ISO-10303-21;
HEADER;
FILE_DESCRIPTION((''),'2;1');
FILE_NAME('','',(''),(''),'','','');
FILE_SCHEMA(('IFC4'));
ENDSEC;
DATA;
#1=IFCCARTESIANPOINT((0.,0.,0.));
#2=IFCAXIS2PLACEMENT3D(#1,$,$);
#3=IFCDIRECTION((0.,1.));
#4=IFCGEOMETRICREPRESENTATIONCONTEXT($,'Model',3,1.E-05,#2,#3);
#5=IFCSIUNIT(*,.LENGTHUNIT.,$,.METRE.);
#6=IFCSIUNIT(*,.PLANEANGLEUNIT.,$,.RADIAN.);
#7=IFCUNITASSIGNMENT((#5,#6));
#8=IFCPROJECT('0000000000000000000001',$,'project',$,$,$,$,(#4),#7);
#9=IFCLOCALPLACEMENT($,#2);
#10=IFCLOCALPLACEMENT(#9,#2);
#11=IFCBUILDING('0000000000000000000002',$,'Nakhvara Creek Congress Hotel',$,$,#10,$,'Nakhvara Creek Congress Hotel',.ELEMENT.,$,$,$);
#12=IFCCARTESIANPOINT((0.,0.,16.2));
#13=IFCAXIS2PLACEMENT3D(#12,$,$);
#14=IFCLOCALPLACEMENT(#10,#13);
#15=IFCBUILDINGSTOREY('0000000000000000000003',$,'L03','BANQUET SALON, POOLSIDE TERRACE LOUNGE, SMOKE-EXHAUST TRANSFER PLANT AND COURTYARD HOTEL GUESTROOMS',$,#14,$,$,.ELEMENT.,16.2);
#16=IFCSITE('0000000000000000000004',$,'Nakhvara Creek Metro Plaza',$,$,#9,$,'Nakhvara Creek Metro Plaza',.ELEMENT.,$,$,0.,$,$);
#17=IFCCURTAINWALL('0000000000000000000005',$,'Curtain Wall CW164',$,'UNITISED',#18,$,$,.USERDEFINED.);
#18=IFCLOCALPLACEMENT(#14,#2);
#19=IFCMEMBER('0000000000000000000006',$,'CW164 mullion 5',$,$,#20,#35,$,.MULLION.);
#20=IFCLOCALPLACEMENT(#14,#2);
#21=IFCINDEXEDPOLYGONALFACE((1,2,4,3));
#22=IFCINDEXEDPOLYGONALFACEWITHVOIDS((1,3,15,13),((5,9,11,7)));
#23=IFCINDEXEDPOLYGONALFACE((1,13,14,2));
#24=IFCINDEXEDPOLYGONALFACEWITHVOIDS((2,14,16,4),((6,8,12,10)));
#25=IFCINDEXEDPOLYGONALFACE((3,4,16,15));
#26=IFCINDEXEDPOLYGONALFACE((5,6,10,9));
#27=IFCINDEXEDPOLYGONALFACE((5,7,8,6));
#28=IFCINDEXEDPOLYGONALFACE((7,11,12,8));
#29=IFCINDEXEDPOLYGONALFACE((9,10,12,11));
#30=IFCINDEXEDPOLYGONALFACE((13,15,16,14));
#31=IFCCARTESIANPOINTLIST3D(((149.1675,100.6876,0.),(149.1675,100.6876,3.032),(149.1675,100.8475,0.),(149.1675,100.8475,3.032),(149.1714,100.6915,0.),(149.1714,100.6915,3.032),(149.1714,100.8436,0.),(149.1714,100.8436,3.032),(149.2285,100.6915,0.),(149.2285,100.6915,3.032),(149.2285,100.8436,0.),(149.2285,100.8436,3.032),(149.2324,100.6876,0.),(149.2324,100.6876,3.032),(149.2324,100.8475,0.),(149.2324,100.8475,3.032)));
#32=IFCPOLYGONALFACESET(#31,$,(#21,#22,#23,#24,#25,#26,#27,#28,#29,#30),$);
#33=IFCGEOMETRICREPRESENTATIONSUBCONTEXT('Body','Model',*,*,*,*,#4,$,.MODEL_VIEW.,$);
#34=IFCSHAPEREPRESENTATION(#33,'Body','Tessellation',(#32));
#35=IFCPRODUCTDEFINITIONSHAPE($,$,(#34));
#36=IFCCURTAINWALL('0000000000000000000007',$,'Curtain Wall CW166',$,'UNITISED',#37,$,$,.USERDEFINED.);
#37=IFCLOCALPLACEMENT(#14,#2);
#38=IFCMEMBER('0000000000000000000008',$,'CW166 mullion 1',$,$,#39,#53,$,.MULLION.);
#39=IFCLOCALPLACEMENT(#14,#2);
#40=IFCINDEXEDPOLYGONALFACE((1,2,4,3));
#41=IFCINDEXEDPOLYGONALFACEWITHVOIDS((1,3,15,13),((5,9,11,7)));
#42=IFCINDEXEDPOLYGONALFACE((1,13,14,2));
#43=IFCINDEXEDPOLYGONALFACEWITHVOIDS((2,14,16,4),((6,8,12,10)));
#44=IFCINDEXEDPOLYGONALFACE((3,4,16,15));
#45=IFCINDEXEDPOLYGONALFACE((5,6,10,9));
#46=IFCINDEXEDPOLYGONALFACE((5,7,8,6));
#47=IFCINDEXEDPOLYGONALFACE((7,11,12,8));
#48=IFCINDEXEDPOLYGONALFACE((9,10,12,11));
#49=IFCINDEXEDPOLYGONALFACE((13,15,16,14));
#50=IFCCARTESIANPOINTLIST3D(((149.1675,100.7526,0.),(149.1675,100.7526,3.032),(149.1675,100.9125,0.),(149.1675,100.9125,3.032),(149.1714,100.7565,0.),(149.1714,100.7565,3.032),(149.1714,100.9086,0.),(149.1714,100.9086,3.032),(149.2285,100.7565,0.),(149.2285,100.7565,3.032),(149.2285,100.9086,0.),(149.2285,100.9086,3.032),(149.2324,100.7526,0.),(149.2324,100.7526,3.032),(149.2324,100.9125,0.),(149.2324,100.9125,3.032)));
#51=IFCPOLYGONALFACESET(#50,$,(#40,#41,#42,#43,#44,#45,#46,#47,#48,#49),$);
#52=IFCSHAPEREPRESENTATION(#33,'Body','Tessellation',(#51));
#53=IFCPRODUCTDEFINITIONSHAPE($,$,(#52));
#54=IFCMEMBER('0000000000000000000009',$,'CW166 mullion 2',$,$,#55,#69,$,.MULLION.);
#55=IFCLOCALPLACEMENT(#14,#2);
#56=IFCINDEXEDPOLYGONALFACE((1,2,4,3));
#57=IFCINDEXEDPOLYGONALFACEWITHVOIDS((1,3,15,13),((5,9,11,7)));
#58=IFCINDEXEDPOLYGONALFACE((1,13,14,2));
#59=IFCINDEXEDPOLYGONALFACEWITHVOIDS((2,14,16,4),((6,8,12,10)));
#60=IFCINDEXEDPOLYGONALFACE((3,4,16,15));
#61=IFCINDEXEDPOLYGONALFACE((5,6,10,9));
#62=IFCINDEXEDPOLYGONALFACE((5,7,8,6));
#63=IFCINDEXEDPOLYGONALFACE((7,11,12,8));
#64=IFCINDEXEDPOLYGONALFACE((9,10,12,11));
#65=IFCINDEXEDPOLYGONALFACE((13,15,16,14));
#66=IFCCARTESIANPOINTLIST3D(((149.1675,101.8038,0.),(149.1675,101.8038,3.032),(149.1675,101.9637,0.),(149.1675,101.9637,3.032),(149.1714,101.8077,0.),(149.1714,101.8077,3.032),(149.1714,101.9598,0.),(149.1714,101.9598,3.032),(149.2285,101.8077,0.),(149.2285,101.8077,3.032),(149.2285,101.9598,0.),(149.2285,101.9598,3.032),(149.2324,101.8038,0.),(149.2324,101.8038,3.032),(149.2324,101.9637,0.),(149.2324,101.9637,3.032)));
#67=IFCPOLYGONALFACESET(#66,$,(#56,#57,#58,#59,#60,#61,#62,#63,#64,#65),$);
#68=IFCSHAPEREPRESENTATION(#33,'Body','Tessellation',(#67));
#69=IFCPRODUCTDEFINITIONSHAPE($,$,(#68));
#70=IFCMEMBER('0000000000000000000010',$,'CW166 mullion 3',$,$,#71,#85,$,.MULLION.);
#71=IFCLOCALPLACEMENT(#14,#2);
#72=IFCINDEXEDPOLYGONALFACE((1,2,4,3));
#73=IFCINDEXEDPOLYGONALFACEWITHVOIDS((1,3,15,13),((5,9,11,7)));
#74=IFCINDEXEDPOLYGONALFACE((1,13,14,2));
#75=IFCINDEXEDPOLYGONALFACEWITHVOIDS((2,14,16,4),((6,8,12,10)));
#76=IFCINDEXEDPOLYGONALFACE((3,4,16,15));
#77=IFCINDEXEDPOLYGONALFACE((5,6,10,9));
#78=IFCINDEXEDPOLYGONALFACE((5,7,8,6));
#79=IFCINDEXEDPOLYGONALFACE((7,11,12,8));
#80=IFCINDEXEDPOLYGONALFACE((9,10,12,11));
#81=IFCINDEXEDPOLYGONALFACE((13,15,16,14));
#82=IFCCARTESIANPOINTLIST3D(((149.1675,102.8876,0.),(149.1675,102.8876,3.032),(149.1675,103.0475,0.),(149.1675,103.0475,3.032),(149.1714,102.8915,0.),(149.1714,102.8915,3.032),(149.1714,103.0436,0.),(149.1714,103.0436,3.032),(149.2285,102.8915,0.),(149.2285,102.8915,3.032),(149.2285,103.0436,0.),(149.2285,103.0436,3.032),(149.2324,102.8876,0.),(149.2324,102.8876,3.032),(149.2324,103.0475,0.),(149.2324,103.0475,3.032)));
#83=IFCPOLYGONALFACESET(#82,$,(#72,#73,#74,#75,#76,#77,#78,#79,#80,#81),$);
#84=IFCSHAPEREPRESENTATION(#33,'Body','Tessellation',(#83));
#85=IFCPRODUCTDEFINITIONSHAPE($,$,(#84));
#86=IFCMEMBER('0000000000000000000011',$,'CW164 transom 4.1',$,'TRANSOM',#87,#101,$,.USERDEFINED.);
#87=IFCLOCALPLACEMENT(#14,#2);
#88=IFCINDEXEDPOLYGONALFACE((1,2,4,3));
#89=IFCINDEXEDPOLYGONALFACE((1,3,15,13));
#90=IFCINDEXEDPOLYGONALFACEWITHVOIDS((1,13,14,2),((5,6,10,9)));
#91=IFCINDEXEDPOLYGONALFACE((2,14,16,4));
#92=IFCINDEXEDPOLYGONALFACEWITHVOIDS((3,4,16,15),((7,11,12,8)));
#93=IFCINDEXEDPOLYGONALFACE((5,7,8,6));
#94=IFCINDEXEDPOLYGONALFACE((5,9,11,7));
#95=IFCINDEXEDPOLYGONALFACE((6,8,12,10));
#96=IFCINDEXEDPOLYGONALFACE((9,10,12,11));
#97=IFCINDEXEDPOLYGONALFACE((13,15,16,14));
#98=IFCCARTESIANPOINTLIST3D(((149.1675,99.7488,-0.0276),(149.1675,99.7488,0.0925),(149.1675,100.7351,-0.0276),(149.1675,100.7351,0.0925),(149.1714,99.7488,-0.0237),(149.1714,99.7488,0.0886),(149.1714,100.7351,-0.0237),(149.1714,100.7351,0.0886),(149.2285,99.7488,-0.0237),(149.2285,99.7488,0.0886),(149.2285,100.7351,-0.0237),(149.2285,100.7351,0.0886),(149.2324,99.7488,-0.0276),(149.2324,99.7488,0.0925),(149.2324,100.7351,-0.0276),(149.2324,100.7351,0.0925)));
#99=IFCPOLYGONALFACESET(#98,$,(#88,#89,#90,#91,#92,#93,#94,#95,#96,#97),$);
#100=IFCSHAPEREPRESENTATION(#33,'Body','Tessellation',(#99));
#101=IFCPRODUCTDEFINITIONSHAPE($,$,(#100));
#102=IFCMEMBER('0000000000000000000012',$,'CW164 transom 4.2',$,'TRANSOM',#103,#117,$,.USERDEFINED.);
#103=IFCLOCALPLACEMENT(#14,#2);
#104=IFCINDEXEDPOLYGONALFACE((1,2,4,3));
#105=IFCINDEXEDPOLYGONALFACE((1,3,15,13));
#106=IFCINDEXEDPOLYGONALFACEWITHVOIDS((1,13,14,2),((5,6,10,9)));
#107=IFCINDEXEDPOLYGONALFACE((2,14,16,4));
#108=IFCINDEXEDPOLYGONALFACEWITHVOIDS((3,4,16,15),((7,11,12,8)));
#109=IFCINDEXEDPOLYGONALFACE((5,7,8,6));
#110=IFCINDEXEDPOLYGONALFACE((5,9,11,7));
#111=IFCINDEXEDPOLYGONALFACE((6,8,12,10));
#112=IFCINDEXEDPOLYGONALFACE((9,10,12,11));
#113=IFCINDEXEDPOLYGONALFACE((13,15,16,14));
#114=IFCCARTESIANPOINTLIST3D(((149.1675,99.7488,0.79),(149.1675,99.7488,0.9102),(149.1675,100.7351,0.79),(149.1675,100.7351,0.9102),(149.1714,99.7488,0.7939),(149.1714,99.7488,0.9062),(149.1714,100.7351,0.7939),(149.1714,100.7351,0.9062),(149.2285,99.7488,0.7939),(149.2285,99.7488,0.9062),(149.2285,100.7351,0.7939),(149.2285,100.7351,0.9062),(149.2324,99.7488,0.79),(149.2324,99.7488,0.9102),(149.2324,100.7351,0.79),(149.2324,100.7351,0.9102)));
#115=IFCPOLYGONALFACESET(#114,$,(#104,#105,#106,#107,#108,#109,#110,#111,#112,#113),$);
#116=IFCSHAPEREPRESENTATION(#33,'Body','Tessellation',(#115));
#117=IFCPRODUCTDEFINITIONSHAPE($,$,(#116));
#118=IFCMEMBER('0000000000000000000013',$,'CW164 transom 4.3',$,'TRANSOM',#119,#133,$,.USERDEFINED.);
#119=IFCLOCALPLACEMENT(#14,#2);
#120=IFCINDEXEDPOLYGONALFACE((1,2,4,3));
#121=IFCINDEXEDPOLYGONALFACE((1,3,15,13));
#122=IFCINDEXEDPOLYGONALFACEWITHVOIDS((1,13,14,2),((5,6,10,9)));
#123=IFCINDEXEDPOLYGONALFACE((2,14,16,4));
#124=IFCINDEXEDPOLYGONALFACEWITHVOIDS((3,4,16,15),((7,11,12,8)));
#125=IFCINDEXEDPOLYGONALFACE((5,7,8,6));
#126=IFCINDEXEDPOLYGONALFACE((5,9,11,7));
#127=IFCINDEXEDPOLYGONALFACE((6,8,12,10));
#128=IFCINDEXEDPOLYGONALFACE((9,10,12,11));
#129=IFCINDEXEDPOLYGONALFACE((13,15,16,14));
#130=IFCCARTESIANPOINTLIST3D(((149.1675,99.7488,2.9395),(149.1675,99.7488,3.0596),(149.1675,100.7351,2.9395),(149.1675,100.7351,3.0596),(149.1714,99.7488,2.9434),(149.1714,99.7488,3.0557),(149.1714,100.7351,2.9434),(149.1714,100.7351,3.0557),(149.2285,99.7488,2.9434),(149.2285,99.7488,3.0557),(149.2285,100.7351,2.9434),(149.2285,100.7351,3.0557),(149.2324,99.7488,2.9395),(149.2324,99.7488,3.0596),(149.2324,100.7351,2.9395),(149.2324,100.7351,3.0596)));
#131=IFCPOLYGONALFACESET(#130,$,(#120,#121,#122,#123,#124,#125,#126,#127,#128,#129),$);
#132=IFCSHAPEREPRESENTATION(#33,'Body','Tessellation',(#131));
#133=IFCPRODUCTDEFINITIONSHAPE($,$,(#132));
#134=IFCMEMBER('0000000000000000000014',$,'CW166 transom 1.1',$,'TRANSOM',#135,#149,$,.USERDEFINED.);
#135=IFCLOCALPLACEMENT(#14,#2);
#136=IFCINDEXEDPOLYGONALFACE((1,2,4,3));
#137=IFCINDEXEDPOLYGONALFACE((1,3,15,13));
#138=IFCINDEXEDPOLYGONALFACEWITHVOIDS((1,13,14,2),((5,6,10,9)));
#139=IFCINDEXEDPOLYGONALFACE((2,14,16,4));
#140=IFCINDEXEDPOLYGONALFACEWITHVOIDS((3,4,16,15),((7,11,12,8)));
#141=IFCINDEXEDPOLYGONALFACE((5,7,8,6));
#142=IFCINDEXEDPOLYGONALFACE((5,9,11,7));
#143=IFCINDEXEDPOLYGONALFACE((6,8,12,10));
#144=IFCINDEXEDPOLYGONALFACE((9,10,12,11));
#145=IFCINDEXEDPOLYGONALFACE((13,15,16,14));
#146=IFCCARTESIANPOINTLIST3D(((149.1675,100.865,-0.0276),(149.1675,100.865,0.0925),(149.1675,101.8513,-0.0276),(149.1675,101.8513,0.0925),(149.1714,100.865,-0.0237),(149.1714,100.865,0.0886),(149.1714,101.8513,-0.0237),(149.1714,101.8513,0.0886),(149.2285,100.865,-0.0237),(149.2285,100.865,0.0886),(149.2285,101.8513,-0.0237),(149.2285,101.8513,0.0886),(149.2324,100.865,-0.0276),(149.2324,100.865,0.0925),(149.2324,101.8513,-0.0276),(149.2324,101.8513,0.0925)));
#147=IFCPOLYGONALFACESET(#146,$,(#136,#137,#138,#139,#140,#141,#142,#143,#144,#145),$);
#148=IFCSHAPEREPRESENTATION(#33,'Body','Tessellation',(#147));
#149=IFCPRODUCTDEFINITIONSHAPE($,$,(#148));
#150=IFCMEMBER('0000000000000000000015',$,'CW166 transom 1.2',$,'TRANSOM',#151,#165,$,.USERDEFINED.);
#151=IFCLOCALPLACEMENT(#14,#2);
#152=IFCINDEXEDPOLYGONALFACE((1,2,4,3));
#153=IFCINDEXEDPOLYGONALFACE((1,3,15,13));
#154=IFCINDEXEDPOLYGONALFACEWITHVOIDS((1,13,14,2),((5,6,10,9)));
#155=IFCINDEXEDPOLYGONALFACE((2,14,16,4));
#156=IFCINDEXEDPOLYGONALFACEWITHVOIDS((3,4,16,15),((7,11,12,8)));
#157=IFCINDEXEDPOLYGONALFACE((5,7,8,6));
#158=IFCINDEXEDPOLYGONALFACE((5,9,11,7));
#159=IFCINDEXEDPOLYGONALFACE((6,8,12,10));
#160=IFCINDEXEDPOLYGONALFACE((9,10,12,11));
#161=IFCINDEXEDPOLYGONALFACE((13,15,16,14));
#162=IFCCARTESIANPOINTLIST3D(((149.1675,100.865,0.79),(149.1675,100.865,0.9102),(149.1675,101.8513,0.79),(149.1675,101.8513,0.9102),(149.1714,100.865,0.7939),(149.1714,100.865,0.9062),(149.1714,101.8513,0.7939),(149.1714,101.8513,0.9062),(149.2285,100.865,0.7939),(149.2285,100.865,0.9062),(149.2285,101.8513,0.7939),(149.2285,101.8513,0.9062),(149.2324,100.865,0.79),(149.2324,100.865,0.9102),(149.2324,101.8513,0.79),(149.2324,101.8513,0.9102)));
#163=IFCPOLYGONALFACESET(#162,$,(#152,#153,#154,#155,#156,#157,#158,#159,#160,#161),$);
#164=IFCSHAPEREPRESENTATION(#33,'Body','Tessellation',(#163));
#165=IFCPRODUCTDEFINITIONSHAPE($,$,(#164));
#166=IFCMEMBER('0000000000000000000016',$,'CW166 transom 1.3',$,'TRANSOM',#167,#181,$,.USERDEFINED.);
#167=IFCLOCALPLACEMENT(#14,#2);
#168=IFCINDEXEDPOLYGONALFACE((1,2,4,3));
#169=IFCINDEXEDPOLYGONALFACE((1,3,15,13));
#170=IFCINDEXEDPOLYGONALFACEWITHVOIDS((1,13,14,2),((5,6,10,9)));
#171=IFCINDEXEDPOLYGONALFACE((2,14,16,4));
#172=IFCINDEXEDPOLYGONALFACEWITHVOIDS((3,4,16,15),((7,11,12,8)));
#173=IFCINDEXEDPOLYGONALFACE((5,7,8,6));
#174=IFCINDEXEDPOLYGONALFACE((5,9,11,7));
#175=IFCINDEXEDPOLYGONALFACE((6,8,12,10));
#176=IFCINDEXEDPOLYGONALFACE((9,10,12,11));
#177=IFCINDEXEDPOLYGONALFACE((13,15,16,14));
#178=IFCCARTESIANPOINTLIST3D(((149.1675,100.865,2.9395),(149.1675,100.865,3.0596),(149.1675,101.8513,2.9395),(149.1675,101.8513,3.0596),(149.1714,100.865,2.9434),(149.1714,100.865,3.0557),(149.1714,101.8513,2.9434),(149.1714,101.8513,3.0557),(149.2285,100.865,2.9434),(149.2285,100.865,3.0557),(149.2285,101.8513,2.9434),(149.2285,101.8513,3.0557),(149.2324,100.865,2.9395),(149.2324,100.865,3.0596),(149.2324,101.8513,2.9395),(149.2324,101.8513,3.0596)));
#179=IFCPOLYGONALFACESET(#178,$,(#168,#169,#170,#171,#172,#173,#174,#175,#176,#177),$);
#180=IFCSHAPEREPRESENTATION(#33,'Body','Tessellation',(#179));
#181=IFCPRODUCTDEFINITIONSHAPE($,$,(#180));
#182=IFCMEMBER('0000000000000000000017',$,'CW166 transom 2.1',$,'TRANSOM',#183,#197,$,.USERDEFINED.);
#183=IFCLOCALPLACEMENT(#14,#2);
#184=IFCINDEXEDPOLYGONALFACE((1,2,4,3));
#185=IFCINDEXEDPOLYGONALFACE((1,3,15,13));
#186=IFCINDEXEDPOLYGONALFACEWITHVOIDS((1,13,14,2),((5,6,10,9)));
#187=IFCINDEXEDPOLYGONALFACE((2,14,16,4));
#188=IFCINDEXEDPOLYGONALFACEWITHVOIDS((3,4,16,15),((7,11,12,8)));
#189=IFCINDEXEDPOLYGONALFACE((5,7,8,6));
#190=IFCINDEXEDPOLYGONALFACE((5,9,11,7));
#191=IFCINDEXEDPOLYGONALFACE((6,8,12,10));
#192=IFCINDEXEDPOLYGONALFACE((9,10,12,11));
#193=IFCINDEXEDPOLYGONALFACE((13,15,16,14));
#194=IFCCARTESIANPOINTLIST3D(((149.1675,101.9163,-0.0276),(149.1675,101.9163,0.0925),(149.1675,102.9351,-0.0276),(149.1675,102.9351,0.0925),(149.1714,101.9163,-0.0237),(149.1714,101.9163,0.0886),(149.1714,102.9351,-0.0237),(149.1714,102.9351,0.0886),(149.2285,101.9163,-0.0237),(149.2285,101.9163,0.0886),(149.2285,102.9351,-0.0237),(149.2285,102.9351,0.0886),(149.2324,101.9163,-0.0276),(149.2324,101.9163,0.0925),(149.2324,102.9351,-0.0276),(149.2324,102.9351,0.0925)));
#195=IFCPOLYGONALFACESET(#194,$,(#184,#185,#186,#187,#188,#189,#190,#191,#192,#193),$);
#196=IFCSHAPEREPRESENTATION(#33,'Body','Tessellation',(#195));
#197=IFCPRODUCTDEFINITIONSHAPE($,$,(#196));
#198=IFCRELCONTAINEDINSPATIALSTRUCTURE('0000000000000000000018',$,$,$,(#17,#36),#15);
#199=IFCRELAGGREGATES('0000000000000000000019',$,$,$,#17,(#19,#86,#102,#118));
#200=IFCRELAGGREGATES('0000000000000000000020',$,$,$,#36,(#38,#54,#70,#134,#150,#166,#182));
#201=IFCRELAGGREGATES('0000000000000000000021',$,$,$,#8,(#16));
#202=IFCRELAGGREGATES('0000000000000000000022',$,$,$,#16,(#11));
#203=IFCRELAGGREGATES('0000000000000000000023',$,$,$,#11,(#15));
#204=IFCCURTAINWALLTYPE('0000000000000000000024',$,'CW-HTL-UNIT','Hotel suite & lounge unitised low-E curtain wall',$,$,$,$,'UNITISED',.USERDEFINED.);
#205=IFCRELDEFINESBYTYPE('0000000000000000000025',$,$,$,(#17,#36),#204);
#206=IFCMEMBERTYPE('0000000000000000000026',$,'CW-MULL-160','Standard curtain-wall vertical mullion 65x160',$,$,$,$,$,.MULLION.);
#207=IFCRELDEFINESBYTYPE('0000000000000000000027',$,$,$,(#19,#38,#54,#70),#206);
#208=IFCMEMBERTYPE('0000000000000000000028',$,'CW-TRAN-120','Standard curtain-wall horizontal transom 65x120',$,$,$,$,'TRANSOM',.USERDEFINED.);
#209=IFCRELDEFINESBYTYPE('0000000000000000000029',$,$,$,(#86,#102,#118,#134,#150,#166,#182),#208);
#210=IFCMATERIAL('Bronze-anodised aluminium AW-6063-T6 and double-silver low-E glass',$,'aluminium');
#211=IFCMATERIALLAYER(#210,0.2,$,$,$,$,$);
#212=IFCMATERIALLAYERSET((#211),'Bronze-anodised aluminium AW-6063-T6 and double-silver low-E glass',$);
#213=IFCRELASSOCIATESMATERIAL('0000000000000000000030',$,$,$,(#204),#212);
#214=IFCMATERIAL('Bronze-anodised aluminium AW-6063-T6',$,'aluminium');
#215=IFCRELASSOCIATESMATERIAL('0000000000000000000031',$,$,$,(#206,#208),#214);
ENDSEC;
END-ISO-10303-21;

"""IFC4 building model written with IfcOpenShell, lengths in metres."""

from ifc_helpers import new_model, si_unit, direction, frame, origin, origin_2d, place, context, subcontext, project, spatial, hollow_rectangle, extrude, material, layer, layer_set, material_profile, profile_set, type_object, element, aggregate, save


model = new_model("IFC4")

# Units and contexts
model_context = context("Model", 3, precision=1e-05, world=origin(), true_north=direction((0.0, 1.0)))
body_context = subcontext(model_context, "Body", "Model", "MODEL_VIEW")
ifc_project = project(units=[si_unit("LENGTHUNIT", "METRE"), si_unit("PLANEANGLEUNIT", "RADIAN")], contexts=[model_context])

# Site, building, storey
site_placement = place(None, origin())
site = spatial("IfcSite", under=ifc_project, at=site_placement, Name="Nakhvara Creek Metro Plaza", LongName="Nakhvara Creek Metro Plaza", CompositionType="ELEMENT", RefElevation=0.0)
building_placement = place(site_placement, origin())
building = spatial("IfcBuilding", under=site, at=building_placement, Name="Nakhvara Creek Congress Hotel", LongName="Nakhvara Creek Congress Hotel", CompositionType="ELEMENT")
storey_placement = place(building_placement, frame((0.0, 0.0, 16.2)))
storey = spatial("IfcBuildingStorey", under=building, at=storey_placement, Name="L03", Description="BANQUET SALON, POOLSIDE TERRACE LOUNGE, SMOKE-EXHAUST TRANSFER PLANT AND COURTYARD HOTEL GUESTROOMS", CompositionType="ELEMENT", Elevation=16.2)

# Curtain wall, member
ifc_material_1 = material(Name="Bronze-anodised aluminium AW-6063-T6 and double-silver low-E glass", Category="aluminium")
ifc_layer = layer(ifc_material_1, 0.2)
ifc_layer_set = layer_set([ifc_layer], Name="Bronze-anodised aluminium AW-6063-T6 and double-silver low-E glass")
curtain_wall_type = type_object("IfcCurtainWallType", Name="CW-HTL-UNIT", Description="Hotel suite & lounge unitised low-E curtain wall", ElementType="UNITISED", PredefinedType="USERDEFINED", material=ifc_layer_set)
curtain_wall_1_placement = place(storey_placement, origin())
curtain_wall_1 = element("IfcCurtainWall", 1, at=curtain_wall_1_placement, inside=storey, type_object=curtain_wall_type, Name="Curtain Wall CW164", ObjectType="UNITISED", PredefinedType="USERDEFINED")
ifc_material_2 = material(Name="Bronze-anodised aluminium AW-6063-T6", Category="aluminium")
ifc_material_profile_1 = material_profile(ifc_material_2, hollow_rectangle(XDim=0.0649, YDim=0.1599, WallThickness=0.0039, at=origin_2d()), Name="ALU-MULL 65x160x4", Category="LoadBearing")
ifc_profile_set_1 = profile_set([ifc_material_profile_1], Name="Bronze-anodised aluminium AW-6063-T6")
member_type_1 = type_object("IfcMemberType", Name="CW-MULL-160", Description="Standard curtain-wall vertical mullion 65x160", PredefinedType="MULLION", material=ifc_profile_set_1)
member_1_placement = place(storey_placement, frame((149.2, 100.7676, 0.0), z_axis=(0.0, 0.0, 1.0), x_axis=(-1.0, 0.0, 0.0)))
member_1 = element("IfcMember", 2, at=member_1_placement, type_object=member_type_1, Name="CW164 mullion 5", PredefinedType="MULLION", context=body_context, shape_type="SweptSolid", body=[
    extrude(hollow_rectangle(XDim=0.0649, YDim=0.1599, WallThickness=0.0039, at=origin_2d()), origin(), (0.0, 0.0, 1.0), 3.032),
])

# Curtain wall, members
curtain_wall_2_placement = place(storey_placement, origin())
curtain_wall_2 = element("IfcCurtainWall", 3, at=curtain_wall_2_placement, inside=storey, type_object=curtain_wall_type, Name="Curtain Wall CW166", ObjectType="UNITISED", PredefinedType="USERDEFINED")
member_2_placement = place(storey_placement, frame((149.2, 100.8325, 0.0), z_axis=(0.0, 0.0, 1.0), x_axis=(-1.0, 0.0, 0.0)))
member_2 = element("IfcMember", 4, at=member_2_placement, type_object=member_type_1, Name="CW166 mullion 1", PredefinedType="MULLION", context=body_context, shape_type="SweptSolid", body=[
    extrude(hollow_rectangle(XDim=0.0649, YDim=0.1599, WallThickness=0.0039, at=origin_2d()), origin(), (0.0, 0.0, 1.0), 3.032),
])
member_3_placement = place(storey_placement, frame((149.2, 101.8838, 0.0), z_axis=(0.0, 0.0, 1.0), x_axis=(-1.0, 0.0, 0.0)))
member_3 = element("IfcMember", 5, at=member_3_placement, type_object=member_type_1, Name="CW166 mullion 2", PredefinedType="MULLION", context=body_context, shape_type="SweptSolid", body=[
    extrude(hollow_rectangle(XDim=0.0649, YDim=0.1599, WallThickness=0.0039, at=origin_2d()), origin(), (0.0, 0.0, 1.0), 3.032),
])
member_4_placement = place(storey_placement, frame((149.2, 102.9675, 0.0), z_axis=(0.0, 0.0, 1.0), x_axis=(-1.0, 0.0, 0.0)))
member_4 = element("IfcMember", 6, at=member_4_placement, type_object=member_type_1, Name="CW166 mullion 3", PredefinedType="MULLION", context=body_context, shape_type="SweptSolid", body=[
    extrude(hollow_rectangle(XDim=0.0649, YDim=0.1599, WallThickness=0.0039, at=origin_2d()), origin(), (0.0, 0.0, 1.0), 3.032),
])

# Members
ifc_material_profile_2 = material_profile(ifc_material_2, hollow_rectangle(XDim=0.0649, YDim=0.1201, WallThickness=0.0039, at=origin_2d()), Name="ALU-TRAN 65x120x4", Category="LoadBearing")
ifc_profile_set_2 = profile_set([ifc_material_profile_2], Name="Bronze-anodised aluminium AW-6063-T6")
member_type_2 = type_object("IfcMemberType", Name="CW-TRAN-120", Description="Standard curtain-wall horizontal transom 65x120", ElementType="TRANSOM", PredefinedType="USERDEFINED", material=ifc_profile_set_2)
member_5_placement = place(storey_placement, frame((149.2, 99.7488, 0.0325), z_axis=(0.0, 1.0, 0.0), x_axis=(-1.0, 0.0, 0.0)))
member_5 = element("IfcMember", 7, at=member_5_placement, type_object=member_type_2, Name="CW164 transom 4.1", ObjectType="TRANSOM", PredefinedType="USERDEFINED", context=body_context, shape_type="SweptSolid", body=[
    extrude(hollow_rectangle(XDim=0.0649, YDim=0.1201, WallThickness=0.0039, at=origin_2d()), origin(), (0.0, 0.0, 1.0), 0.9863),
])
member_6_placement = place(storey_placement, frame((149.2, 99.7488, 0.8501), z_axis=(0.0, 1.0, 0.0), x_axis=(-1.0, 0.0, 0.0)))
member_6 = element("IfcMember", 8, at=member_6_placement, type_object=member_type_2, Name="CW164 transom 4.2", ObjectType="TRANSOM", PredefinedType="USERDEFINED", context=body_context, shape_type="SweptSolid", body=[
    extrude(hollow_rectangle(XDim=0.0649, YDim=0.1201, WallThickness=0.0039, at=origin_2d()), origin(), (0.0, 0.0, 1.0), 0.9863),
])
member_7_placement = place(storey_placement, frame((149.2, 99.7488, 2.9995), z_axis=(0.0, 1.0, 0.0), x_axis=(-1.0, 0.0, 0.0)))
member_7 = element("IfcMember", 9, at=member_7_placement, type_object=member_type_2, Name="CW164 transom 4.3", ObjectType="TRANSOM", PredefinedType="USERDEFINED", context=body_context, shape_type="SweptSolid", body=[
    extrude(hollow_rectangle(XDim=0.0649, YDim=0.1201, WallThickness=0.0039, at=origin_2d()), origin(), (0.0, 0.0, 1.0), 0.9863),
])
member_8_placement = place(storey_placement, frame((149.2, 100.865, 0.0325), z_axis=(0.0, 1.0, 0.0), x_axis=(-1.0, 0.0, 0.0)))
member_8 = element("IfcMember", 10, at=member_8_placement, type_object=member_type_2, Name="CW166 transom 1.1", ObjectType="TRANSOM", PredefinedType="USERDEFINED", context=body_context, shape_type="SweptSolid", body=[
    extrude(hollow_rectangle(XDim=0.0649, YDim=0.1201, WallThickness=0.0039, at=origin_2d()), origin(), (0.0, 0.0, 1.0), 0.9863),
])
member_9_placement = place(storey_placement, frame((149.2, 100.865, 0.8501), z_axis=(0.0, 1.0, 0.0), x_axis=(-1.0, 0.0, 0.0)))
member_9 = element("IfcMember", 11, at=member_9_placement, type_object=member_type_2, Name="CW166 transom 1.2", ObjectType="TRANSOM", PredefinedType="USERDEFINED", context=body_context, shape_type="SweptSolid", body=[
    extrude(hollow_rectangle(XDim=0.0649, YDim=0.1201, WallThickness=0.0039, at=origin_2d()), origin(), (0.0, 0.0, 1.0), 0.9863),
])
member_10_placement = place(storey_placement, frame((149.2, 100.865, 2.9995), z_axis=(0.0, 1.0, 0.0), x_axis=(-1.0, 0.0, 0.0)))
member_10 = element("IfcMember", 12, at=member_10_placement, type_object=member_type_2, Name="CW166 transom 1.3", ObjectType="TRANSOM", PredefinedType="USERDEFINED", context=body_context, shape_type="SweptSolid", body=[
    extrude(hollow_rectangle(XDim=0.0649, YDim=0.1201, WallThickness=0.0039, at=origin_2d()), origin(), (0.0, 0.0, 1.0), 0.9863),
])
member_11_placement = place(storey_placement, frame((149.2, 101.9163, 0.0325), z_axis=(0.0, 1.0, 0.0), x_axis=(-1.0, 0.0, 0.0)))
member_11 = element("IfcMember", 13, at=member_11_placement, type_object=member_type_2, Name="CW166 transom 2.1", ObjectType="TRANSOM", PredefinedType="USERDEFINED", context=body_context, shape_type="SweptSolid", body=[
    extrude(hollow_rectangle(XDim=0.0649, YDim=0.1201, WallThickness=0.0039, at=origin_2d()), origin(), (0.0, 0.0, 1.0), 1.0188),
])

aggregate(curtain_wall_1, [member_1, member_5, member_6, member_7])
aggregate(curtain_wall_2, [member_2, member_3, member_4, member_8, member_9, member_10, member_11])

save(model, "model.ifc")
